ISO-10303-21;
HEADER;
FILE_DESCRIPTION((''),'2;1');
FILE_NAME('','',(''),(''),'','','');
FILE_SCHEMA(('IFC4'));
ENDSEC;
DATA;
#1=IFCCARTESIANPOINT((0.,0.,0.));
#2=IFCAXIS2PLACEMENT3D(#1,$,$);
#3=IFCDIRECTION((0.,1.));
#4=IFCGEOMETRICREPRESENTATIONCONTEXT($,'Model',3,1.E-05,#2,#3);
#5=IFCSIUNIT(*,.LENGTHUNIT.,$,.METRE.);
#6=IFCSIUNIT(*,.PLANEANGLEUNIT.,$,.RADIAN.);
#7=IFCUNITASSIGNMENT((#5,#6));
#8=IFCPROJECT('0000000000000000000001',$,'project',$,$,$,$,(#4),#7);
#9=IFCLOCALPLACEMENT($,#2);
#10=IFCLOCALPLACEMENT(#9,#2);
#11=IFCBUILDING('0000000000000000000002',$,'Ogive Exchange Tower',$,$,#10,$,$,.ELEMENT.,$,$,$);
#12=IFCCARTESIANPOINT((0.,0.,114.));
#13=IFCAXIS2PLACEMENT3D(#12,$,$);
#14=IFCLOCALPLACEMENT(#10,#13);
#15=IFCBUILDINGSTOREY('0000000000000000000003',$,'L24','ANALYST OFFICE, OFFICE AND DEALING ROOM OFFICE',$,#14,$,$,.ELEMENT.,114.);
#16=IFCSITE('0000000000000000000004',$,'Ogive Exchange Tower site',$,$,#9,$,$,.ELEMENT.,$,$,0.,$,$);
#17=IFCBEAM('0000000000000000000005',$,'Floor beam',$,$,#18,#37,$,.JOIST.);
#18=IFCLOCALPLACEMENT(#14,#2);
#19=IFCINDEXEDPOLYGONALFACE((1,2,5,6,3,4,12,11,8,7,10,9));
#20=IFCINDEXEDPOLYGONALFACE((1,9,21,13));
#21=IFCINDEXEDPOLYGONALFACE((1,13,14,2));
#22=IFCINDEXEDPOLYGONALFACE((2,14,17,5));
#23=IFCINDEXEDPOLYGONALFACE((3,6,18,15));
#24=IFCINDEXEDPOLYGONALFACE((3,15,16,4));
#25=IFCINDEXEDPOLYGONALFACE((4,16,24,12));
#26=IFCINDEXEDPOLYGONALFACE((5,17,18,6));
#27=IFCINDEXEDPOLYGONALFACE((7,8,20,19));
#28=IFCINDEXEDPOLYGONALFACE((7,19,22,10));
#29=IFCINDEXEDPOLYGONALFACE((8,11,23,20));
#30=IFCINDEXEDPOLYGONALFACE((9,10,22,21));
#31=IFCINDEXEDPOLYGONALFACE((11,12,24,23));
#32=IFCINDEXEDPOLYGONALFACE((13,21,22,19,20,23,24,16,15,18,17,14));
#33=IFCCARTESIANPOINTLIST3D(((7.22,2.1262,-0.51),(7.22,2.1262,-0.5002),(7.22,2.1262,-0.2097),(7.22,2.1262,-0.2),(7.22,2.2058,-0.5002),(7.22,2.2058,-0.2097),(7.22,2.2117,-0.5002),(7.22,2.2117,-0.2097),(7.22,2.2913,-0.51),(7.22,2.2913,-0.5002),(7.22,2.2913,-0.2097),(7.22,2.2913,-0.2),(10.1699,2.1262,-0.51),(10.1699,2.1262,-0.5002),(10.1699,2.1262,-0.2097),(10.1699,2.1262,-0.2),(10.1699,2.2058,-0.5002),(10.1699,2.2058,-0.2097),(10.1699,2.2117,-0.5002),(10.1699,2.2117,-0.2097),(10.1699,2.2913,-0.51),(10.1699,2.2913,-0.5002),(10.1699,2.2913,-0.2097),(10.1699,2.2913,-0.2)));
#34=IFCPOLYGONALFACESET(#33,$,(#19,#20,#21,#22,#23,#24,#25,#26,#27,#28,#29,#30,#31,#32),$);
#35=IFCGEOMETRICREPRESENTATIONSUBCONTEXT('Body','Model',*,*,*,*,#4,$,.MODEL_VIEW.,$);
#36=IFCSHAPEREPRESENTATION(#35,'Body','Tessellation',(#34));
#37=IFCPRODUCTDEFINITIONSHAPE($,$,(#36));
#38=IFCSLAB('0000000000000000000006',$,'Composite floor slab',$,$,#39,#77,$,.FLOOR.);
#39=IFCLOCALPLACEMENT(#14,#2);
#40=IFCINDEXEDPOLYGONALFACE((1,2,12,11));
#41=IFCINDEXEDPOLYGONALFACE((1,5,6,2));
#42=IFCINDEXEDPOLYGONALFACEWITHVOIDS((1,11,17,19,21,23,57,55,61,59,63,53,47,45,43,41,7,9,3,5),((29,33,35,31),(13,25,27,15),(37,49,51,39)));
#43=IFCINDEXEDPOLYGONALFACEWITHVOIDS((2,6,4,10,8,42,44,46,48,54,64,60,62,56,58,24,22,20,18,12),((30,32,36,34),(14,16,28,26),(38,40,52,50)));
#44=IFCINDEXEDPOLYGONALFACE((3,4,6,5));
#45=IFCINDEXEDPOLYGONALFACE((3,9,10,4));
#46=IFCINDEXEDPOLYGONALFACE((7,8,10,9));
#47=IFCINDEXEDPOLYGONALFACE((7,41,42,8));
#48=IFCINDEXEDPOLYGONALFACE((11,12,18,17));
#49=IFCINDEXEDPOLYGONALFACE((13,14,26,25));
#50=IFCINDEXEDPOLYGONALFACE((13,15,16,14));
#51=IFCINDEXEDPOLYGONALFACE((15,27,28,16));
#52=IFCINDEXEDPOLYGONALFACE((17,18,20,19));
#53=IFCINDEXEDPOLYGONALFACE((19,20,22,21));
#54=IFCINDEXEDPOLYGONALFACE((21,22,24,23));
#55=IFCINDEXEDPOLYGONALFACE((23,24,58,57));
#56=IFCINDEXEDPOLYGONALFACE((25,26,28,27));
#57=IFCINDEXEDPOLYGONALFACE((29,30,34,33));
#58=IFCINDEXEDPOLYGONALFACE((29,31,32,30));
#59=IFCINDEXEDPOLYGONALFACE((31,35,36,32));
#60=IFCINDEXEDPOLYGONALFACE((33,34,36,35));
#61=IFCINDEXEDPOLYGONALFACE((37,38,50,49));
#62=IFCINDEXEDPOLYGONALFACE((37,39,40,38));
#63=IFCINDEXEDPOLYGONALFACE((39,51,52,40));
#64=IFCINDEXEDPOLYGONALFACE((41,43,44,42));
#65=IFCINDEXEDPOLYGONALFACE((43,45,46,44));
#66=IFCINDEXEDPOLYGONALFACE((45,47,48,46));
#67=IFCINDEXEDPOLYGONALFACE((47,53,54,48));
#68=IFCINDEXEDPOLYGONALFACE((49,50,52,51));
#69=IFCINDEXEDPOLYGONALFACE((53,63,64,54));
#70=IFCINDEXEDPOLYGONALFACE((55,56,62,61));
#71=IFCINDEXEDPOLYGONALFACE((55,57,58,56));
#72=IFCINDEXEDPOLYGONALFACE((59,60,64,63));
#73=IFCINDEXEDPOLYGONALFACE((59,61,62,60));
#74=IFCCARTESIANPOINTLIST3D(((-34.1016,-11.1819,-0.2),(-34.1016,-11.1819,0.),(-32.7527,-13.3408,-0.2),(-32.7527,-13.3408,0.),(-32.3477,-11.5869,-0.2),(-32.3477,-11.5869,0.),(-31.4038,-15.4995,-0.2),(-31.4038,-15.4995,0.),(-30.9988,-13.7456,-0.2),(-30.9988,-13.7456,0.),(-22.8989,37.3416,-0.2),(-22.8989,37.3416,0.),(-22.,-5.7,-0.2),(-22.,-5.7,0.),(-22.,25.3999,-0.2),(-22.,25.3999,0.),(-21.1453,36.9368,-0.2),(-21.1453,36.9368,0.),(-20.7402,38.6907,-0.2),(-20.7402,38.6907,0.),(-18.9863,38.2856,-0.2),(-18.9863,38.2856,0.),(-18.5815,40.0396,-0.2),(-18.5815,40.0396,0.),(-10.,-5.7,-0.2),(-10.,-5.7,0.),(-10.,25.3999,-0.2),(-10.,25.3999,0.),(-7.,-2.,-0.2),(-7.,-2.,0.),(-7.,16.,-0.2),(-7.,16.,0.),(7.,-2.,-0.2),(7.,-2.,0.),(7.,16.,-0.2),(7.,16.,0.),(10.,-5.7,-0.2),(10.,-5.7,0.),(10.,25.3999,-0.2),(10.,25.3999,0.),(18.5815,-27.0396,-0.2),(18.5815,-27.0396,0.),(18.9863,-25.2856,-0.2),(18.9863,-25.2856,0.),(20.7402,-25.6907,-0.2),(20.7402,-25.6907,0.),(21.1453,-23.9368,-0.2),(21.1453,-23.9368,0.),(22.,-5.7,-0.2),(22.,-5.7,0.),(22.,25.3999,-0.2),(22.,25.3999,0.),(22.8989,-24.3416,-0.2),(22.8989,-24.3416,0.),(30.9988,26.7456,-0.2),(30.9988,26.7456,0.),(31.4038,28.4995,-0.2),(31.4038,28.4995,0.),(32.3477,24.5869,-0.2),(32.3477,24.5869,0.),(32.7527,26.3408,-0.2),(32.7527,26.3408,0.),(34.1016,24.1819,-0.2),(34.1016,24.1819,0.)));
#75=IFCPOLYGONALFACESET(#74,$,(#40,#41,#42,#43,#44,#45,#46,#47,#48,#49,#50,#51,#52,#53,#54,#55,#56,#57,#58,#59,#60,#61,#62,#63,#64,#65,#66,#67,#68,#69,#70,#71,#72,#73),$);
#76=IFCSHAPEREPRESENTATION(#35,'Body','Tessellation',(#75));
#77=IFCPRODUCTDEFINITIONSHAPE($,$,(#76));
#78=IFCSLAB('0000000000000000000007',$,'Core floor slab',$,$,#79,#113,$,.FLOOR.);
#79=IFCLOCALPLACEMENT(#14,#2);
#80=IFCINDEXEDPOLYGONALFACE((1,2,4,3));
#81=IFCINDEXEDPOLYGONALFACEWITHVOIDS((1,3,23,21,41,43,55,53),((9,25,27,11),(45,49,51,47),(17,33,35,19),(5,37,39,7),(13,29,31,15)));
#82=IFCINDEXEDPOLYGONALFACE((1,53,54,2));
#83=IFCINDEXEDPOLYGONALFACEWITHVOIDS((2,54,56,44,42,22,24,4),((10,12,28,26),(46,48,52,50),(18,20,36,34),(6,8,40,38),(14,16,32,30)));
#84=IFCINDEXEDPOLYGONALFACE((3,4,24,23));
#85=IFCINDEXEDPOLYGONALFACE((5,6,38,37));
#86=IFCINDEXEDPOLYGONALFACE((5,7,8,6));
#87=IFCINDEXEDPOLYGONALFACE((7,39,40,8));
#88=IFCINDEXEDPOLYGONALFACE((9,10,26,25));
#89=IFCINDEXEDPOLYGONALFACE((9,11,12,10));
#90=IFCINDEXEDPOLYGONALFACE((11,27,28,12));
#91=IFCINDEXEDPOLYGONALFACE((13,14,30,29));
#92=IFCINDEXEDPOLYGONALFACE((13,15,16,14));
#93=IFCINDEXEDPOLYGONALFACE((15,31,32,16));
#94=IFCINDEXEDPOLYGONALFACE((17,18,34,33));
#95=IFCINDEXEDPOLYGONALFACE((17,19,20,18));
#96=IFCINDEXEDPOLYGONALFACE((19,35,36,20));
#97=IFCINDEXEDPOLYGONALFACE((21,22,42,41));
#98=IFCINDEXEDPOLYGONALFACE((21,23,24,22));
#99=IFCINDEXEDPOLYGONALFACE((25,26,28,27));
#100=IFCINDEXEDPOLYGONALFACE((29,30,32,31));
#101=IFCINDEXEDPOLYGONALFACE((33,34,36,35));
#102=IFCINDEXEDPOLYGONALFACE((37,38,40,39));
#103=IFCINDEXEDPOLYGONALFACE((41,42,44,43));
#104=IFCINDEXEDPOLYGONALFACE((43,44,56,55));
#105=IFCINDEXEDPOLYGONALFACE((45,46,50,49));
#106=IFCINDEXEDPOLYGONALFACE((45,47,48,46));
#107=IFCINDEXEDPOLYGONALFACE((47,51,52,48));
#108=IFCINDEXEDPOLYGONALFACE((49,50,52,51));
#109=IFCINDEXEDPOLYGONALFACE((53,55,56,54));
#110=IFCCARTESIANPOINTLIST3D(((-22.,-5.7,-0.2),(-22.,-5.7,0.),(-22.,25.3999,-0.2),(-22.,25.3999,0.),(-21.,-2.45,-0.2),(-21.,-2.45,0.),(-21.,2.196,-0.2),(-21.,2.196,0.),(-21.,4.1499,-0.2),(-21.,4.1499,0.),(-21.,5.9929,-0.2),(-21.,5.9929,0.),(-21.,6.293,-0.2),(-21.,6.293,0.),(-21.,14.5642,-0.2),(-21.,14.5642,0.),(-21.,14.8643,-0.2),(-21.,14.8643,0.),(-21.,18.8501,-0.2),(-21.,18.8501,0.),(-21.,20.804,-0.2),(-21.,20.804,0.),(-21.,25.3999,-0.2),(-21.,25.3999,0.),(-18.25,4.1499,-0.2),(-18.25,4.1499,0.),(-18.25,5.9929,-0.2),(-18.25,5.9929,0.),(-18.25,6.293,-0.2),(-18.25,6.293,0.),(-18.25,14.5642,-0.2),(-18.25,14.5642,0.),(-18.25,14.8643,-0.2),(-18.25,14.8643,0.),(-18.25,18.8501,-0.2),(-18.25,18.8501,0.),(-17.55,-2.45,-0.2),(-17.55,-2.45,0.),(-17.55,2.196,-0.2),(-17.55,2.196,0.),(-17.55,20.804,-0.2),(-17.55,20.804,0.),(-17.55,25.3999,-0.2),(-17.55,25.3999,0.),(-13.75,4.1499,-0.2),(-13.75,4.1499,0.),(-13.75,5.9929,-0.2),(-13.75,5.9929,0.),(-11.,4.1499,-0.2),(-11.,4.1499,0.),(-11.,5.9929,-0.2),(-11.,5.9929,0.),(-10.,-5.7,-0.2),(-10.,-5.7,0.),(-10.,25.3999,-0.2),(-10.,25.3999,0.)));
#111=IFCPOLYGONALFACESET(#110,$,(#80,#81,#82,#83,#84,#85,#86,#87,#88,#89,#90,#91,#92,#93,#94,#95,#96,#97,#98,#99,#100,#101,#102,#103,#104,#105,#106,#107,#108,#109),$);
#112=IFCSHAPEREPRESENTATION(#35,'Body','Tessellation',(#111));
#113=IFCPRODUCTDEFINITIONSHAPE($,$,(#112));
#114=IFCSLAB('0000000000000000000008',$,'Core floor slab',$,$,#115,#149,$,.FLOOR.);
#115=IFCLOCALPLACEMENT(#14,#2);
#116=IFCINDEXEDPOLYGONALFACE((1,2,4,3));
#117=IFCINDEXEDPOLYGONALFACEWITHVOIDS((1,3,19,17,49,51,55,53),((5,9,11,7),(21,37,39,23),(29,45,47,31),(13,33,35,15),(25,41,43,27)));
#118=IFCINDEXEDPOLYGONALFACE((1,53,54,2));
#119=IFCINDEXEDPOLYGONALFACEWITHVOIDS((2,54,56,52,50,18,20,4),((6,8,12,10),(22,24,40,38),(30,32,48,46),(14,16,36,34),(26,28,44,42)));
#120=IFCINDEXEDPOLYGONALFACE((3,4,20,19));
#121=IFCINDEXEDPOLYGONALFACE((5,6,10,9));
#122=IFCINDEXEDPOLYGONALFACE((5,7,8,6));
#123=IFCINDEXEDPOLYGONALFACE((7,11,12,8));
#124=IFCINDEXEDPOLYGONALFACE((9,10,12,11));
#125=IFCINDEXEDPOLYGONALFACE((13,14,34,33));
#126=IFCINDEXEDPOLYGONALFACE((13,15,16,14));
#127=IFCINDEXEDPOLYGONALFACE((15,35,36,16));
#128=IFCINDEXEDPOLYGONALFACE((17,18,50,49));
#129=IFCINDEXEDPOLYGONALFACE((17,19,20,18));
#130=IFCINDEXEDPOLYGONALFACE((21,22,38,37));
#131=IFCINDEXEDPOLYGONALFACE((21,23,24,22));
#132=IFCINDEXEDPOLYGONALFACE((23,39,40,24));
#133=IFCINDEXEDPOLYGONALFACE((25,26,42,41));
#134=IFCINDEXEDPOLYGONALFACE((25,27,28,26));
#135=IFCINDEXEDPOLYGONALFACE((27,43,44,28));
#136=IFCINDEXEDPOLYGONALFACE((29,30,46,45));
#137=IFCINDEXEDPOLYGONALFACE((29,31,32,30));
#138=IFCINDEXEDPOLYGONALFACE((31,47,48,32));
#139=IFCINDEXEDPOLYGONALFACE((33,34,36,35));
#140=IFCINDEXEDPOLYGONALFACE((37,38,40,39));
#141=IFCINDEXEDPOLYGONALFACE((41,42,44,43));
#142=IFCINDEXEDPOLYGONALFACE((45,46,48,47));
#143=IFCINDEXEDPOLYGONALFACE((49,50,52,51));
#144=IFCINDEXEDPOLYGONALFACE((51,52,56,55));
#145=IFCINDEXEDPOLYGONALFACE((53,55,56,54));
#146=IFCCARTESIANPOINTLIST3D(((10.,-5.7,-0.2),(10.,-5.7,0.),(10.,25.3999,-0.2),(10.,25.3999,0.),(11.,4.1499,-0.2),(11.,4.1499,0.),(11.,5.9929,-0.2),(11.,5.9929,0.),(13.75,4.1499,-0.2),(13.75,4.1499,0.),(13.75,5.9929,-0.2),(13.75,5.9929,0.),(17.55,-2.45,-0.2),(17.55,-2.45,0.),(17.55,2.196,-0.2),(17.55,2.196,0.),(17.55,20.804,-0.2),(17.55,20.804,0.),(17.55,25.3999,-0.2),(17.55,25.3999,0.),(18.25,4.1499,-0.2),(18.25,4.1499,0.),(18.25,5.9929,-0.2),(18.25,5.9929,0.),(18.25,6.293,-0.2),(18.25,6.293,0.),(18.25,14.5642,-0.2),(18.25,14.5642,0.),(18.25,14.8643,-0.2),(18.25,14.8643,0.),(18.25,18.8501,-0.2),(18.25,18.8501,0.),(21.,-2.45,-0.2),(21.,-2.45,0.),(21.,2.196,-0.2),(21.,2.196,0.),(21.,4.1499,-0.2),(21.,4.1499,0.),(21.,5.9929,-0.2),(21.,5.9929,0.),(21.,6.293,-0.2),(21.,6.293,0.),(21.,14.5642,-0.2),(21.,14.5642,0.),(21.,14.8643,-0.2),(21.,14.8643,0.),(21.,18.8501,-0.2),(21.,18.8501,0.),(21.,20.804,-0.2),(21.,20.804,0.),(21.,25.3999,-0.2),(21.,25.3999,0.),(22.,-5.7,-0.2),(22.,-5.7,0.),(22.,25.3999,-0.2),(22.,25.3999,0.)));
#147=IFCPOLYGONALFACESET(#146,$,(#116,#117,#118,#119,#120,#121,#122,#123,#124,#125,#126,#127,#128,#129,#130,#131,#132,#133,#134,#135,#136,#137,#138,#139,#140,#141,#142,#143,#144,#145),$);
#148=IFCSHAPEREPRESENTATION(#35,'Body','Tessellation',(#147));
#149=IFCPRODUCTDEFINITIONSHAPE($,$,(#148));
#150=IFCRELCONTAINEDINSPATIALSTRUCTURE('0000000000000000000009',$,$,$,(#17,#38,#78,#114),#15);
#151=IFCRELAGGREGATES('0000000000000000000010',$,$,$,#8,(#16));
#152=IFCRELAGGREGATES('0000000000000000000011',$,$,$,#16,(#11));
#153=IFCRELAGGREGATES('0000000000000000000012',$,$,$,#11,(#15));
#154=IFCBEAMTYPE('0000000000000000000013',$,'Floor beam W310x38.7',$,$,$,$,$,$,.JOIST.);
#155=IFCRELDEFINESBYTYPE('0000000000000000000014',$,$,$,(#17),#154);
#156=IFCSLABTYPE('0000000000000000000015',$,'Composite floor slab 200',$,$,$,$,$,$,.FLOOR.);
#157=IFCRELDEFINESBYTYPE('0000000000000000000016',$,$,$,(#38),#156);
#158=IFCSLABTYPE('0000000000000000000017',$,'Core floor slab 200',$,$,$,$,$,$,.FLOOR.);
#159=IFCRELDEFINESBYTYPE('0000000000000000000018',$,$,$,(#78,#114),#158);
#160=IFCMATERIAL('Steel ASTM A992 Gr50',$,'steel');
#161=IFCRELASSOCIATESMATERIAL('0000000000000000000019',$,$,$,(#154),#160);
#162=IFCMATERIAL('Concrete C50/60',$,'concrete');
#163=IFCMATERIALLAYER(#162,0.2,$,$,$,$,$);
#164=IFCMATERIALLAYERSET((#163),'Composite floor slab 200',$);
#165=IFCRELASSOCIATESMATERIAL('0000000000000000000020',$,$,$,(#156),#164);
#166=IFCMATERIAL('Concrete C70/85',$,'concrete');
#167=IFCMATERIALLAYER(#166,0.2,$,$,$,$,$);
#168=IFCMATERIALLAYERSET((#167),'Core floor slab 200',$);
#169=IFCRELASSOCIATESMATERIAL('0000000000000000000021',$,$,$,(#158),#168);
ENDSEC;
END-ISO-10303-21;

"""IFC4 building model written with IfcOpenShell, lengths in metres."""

from ifc_helpers import new_model, si_unit, direction, frame, origin, origin_2d, place, context, subcontext, project, spatial, polyline, i_section, outline, extrude, material, layer, layer_set, material_profile, profile_set, type_object, element, save


model = new_model("IFC4")

# Units and contexts
model_context = context("Model", 3, precision=1e-05, world=origin(), true_north=direction((0.0, 1.0)))
body_context = subcontext(model_context, "Body", "Model", "MODEL_VIEW")
ifc_project = project(units=[si_unit("LENGTHUNIT", "METRE"), si_unit("PLANEANGLEUNIT", "RADIAN")], contexts=[model_context])

# Site, building, storey
site_placement = place(None, origin())
site = spatial("IfcSite", under=ifc_project, at=site_placement, Name="Ogive Exchange Tower site", CompositionType="ELEMENT", RefElevation=0.0)
building_placement = place(site_placement, origin())
building = spatial("IfcBuilding", under=site, at=building_placement, Name="Ogive Exchange Tower", CompositionType="ELEMENT")
storey_placement = place(building_placement, frame((0.0, 0.0, 114.0)))
storey = spatial("IfcBuildingStorey", under=building, at=storey_placement, Name="L24", Description="ANALYST OFFICE, OFFICE AND DEALING ROOM OFFICE", CompositionType="ELEMENT", Elevation=114.0)

# Beam
ifc_material_1 = material(Name="Steel ASTM A992 Gr50", Category="steel")
ifc_material_profile = material_profile(ifc_material_1, i_section(OverallWidth=0.165, OverallDepth=0.3101, WebThickness=0.0059, FlangeThickness=0.0098, at=origin_2d()), Name="W310x38.7")
ifc_profile_set = profile_set([ifc_material_profile], Name="Steel ASTM A992 Gr50")
beam_type = type_object("IfcBeamType", Name="Floor beam W310x38.7", PredefinedType="JOIST", material=ifc_profile_set)
beam_placement = place(storey_placement, frame((7.22, 2.2087, -0.355), z_axis=(1.0, 0.0, 0.0), x_axis=(0.0, 1.0, 0.0)))
element("IfcBeam", 1, at=beam_placement, inside=storey, type_object=beam_type, Name="Floor beam", PredefinedType="JOIST", context=body_context, shape_type="SweptSolid", body=[
    extrude(i_section(OverallWidth=0.165, OverallDepth=0.3101, WebThickness=0.0059, FlangeThickness=0.0098, at=origin_2d()), origin(), (0.0, 0.0, 1.0), 2.95),
])

# Slabs
ifc_material_2 = material(Name="Concrete C50/60", Category="concrete")
ifc_layer_1 = layer(ifc_material_2, 0.2)
ifc_layer_set_1 = layer_set([ifc_layer_1], Name="Composite floor slab 200")
slab_type_1 = type_object("IfcSlabType", Name="Composite floor slab 200", PredefinedType="FLOOR", material=ifc_layer_set_1)
slab_1_placement = place(storey_placement, frame((0.0, 0.0, -0.2)))
element("IfcSlab", 2, at=slab_1_placement, inside=storey, type_object=slab_type_1, Name="Composite floor slab", PredefinedType="FLOOR", context=body_context, shape_type="SweptSolid", body=[
    extrude(outline(polyline([(-30.9988, -13.7456), (-32.7527, -13.3408), (-32.3477, -11.5869), (-34.1016, -11.1819), (-22.8989, 37.3416), (-21.1453, 36.9368), (-20.7402, 38.6907), (-18.9863, 38.2856), (-18.5815, 40.0396), (31.4038, 28.4995), (30.9988, 26.7456), (32.7527, 26.3408), (32.3477, 24.5869), (34.1016, 24.1819), (22.8989, -24.3416), (21.1453, -23.9368), (20.7402, -25.6907), (18.9863, -25.2856), (18.5815, -27.0396), (-31.4038, -15.4995), (-30.9988, -13.7456)]), holes=[polyline([(7.0, -2.0), (7.0, 16.0), (-7.0, 16.0), (-7.0, -2.0), (7.0, -2.0)]), polyline([(-22.0, -5.7), (-10.0, -5.7), (-10.0, 25.3999), (-22.0, 25.3999), (-22.0, -5.7)]), polyline([(10.0, -5.7), (22.0, -5.7), (22.0, 25.3999), (10.0, 25.3999), (10.0, -5.7)])]), origin(), (0.0, 0.0, 1.0), 0.2),
])
ifc_material_3 = material(Name="Concrete C70/85", Category="concrete")
ifc_layer_2 = layer(ifc_material_3, 0.2)
ifc_layer_set_2 = layer_set([ifc_layer_2], Name="Core floor slab 200")
slab_type_2 = type_object("IfcSlabType", Name="Core floor slab 200", PredefinedType="FLOOR", material=ifc_layer_set_2)
slab_2_placement = place(storey_placement, frame((0.0, 0.0, -0.2)))
element("IfcSlab", 3, at=slab_2_placement, inside=storey, type_object=slab_type_2, Name="Core floor slab", PredefinedType="FLOOR", context=body_context, shape_type="SweptSolid", body=[
    extrude(outline(polyline([(-10.0, 25.3999), (-10.0, -5.7), (-22.0, -5.7), (-22.0, 25.3999), (-21.0, 25.3999), (-21.0, 20.804), (-17.55, 20.804), (-17.55, 25.3999), (-10.0, 25.3999)]), holes=[polyline([(-17.55, 2.196), (-21.0, 2.196), (-21.0, -2.45), (-17.55, -2.45), (-17.55, 2.196)]), polyline([(-18.25, 5.9929), (-21.0, 5.9929), (-21.0, 4.1499), (-18.25, 4.1499), (-18.25, 5.9929)]), polyline([(-11.0, 5.9929), (-13.75, 5.9929), (-13.75, 4.1499), (-11.0, 4.1499), (-11.0, 5.9929)]), polyline([(-21.0, 14.5642), (-21.0, 6.293), (-18.25, 6.293), (-18.25, 14.5642), (-21.0, 14.5642)]), polyline([(-18.25, 18.8501), (-21.0, 18.8501), (-21.0, 14.8643), (-18.25, 14.8643), (-18.25, 18.8501)])]), origin(), (0.0, 0.0, 1.0), 0.2),
])
slab_3_placement = place(storey_placement, frame((0.0, 0.0, -0.2)))
element("IfcSlab", 4, at=slab_3_placement, inside=storey, type_object=slab_type_2, Name="Core floor slab", PredefinedType="FLOOR", context=body_context, shape_type="SweptSolid", body=[
    extrude(outline(polyline([(22.0, 25.3999), (22.0, -5.7), (10.0, -5.7), (10.0, 25.3999), (17.55, 25.3999), (17.55, 20.804), (21.0, 20.804), (21.0, 25.3999), (22.0, 25.3999)]), holes=[polyline([(21.0, 2.196), (17.55, 2.196), (17.55, -2.45), (21.0, -2.45), (21.0, 2.196)]), polyline([(13.75, 5.9929), (11.0, 5.9929), (11.0, 4.1499), (13.75, 4.1499), (13.75, 5.9929)]), polyline([(21.0, 5.9929), (18.25, 5.9929), (18.25, 4.1499), (21.0, 4.1499), (21.0, 5.9929)]), polyline([(18.25, 14.5642), (18.25, 6.293), (21.0, 6.293), (21.0, 14.5642), (18.25, 14.5642)]), polyline([(21.0, 18.8501), (18.25, 18.8501), (18.25, 14.8643), (21.0, 14.8643), (21.0, 18.8501)])]), origin(), (0.0, 0.0, 1.0), 0.2),
])

save(model, "model.ifc")
